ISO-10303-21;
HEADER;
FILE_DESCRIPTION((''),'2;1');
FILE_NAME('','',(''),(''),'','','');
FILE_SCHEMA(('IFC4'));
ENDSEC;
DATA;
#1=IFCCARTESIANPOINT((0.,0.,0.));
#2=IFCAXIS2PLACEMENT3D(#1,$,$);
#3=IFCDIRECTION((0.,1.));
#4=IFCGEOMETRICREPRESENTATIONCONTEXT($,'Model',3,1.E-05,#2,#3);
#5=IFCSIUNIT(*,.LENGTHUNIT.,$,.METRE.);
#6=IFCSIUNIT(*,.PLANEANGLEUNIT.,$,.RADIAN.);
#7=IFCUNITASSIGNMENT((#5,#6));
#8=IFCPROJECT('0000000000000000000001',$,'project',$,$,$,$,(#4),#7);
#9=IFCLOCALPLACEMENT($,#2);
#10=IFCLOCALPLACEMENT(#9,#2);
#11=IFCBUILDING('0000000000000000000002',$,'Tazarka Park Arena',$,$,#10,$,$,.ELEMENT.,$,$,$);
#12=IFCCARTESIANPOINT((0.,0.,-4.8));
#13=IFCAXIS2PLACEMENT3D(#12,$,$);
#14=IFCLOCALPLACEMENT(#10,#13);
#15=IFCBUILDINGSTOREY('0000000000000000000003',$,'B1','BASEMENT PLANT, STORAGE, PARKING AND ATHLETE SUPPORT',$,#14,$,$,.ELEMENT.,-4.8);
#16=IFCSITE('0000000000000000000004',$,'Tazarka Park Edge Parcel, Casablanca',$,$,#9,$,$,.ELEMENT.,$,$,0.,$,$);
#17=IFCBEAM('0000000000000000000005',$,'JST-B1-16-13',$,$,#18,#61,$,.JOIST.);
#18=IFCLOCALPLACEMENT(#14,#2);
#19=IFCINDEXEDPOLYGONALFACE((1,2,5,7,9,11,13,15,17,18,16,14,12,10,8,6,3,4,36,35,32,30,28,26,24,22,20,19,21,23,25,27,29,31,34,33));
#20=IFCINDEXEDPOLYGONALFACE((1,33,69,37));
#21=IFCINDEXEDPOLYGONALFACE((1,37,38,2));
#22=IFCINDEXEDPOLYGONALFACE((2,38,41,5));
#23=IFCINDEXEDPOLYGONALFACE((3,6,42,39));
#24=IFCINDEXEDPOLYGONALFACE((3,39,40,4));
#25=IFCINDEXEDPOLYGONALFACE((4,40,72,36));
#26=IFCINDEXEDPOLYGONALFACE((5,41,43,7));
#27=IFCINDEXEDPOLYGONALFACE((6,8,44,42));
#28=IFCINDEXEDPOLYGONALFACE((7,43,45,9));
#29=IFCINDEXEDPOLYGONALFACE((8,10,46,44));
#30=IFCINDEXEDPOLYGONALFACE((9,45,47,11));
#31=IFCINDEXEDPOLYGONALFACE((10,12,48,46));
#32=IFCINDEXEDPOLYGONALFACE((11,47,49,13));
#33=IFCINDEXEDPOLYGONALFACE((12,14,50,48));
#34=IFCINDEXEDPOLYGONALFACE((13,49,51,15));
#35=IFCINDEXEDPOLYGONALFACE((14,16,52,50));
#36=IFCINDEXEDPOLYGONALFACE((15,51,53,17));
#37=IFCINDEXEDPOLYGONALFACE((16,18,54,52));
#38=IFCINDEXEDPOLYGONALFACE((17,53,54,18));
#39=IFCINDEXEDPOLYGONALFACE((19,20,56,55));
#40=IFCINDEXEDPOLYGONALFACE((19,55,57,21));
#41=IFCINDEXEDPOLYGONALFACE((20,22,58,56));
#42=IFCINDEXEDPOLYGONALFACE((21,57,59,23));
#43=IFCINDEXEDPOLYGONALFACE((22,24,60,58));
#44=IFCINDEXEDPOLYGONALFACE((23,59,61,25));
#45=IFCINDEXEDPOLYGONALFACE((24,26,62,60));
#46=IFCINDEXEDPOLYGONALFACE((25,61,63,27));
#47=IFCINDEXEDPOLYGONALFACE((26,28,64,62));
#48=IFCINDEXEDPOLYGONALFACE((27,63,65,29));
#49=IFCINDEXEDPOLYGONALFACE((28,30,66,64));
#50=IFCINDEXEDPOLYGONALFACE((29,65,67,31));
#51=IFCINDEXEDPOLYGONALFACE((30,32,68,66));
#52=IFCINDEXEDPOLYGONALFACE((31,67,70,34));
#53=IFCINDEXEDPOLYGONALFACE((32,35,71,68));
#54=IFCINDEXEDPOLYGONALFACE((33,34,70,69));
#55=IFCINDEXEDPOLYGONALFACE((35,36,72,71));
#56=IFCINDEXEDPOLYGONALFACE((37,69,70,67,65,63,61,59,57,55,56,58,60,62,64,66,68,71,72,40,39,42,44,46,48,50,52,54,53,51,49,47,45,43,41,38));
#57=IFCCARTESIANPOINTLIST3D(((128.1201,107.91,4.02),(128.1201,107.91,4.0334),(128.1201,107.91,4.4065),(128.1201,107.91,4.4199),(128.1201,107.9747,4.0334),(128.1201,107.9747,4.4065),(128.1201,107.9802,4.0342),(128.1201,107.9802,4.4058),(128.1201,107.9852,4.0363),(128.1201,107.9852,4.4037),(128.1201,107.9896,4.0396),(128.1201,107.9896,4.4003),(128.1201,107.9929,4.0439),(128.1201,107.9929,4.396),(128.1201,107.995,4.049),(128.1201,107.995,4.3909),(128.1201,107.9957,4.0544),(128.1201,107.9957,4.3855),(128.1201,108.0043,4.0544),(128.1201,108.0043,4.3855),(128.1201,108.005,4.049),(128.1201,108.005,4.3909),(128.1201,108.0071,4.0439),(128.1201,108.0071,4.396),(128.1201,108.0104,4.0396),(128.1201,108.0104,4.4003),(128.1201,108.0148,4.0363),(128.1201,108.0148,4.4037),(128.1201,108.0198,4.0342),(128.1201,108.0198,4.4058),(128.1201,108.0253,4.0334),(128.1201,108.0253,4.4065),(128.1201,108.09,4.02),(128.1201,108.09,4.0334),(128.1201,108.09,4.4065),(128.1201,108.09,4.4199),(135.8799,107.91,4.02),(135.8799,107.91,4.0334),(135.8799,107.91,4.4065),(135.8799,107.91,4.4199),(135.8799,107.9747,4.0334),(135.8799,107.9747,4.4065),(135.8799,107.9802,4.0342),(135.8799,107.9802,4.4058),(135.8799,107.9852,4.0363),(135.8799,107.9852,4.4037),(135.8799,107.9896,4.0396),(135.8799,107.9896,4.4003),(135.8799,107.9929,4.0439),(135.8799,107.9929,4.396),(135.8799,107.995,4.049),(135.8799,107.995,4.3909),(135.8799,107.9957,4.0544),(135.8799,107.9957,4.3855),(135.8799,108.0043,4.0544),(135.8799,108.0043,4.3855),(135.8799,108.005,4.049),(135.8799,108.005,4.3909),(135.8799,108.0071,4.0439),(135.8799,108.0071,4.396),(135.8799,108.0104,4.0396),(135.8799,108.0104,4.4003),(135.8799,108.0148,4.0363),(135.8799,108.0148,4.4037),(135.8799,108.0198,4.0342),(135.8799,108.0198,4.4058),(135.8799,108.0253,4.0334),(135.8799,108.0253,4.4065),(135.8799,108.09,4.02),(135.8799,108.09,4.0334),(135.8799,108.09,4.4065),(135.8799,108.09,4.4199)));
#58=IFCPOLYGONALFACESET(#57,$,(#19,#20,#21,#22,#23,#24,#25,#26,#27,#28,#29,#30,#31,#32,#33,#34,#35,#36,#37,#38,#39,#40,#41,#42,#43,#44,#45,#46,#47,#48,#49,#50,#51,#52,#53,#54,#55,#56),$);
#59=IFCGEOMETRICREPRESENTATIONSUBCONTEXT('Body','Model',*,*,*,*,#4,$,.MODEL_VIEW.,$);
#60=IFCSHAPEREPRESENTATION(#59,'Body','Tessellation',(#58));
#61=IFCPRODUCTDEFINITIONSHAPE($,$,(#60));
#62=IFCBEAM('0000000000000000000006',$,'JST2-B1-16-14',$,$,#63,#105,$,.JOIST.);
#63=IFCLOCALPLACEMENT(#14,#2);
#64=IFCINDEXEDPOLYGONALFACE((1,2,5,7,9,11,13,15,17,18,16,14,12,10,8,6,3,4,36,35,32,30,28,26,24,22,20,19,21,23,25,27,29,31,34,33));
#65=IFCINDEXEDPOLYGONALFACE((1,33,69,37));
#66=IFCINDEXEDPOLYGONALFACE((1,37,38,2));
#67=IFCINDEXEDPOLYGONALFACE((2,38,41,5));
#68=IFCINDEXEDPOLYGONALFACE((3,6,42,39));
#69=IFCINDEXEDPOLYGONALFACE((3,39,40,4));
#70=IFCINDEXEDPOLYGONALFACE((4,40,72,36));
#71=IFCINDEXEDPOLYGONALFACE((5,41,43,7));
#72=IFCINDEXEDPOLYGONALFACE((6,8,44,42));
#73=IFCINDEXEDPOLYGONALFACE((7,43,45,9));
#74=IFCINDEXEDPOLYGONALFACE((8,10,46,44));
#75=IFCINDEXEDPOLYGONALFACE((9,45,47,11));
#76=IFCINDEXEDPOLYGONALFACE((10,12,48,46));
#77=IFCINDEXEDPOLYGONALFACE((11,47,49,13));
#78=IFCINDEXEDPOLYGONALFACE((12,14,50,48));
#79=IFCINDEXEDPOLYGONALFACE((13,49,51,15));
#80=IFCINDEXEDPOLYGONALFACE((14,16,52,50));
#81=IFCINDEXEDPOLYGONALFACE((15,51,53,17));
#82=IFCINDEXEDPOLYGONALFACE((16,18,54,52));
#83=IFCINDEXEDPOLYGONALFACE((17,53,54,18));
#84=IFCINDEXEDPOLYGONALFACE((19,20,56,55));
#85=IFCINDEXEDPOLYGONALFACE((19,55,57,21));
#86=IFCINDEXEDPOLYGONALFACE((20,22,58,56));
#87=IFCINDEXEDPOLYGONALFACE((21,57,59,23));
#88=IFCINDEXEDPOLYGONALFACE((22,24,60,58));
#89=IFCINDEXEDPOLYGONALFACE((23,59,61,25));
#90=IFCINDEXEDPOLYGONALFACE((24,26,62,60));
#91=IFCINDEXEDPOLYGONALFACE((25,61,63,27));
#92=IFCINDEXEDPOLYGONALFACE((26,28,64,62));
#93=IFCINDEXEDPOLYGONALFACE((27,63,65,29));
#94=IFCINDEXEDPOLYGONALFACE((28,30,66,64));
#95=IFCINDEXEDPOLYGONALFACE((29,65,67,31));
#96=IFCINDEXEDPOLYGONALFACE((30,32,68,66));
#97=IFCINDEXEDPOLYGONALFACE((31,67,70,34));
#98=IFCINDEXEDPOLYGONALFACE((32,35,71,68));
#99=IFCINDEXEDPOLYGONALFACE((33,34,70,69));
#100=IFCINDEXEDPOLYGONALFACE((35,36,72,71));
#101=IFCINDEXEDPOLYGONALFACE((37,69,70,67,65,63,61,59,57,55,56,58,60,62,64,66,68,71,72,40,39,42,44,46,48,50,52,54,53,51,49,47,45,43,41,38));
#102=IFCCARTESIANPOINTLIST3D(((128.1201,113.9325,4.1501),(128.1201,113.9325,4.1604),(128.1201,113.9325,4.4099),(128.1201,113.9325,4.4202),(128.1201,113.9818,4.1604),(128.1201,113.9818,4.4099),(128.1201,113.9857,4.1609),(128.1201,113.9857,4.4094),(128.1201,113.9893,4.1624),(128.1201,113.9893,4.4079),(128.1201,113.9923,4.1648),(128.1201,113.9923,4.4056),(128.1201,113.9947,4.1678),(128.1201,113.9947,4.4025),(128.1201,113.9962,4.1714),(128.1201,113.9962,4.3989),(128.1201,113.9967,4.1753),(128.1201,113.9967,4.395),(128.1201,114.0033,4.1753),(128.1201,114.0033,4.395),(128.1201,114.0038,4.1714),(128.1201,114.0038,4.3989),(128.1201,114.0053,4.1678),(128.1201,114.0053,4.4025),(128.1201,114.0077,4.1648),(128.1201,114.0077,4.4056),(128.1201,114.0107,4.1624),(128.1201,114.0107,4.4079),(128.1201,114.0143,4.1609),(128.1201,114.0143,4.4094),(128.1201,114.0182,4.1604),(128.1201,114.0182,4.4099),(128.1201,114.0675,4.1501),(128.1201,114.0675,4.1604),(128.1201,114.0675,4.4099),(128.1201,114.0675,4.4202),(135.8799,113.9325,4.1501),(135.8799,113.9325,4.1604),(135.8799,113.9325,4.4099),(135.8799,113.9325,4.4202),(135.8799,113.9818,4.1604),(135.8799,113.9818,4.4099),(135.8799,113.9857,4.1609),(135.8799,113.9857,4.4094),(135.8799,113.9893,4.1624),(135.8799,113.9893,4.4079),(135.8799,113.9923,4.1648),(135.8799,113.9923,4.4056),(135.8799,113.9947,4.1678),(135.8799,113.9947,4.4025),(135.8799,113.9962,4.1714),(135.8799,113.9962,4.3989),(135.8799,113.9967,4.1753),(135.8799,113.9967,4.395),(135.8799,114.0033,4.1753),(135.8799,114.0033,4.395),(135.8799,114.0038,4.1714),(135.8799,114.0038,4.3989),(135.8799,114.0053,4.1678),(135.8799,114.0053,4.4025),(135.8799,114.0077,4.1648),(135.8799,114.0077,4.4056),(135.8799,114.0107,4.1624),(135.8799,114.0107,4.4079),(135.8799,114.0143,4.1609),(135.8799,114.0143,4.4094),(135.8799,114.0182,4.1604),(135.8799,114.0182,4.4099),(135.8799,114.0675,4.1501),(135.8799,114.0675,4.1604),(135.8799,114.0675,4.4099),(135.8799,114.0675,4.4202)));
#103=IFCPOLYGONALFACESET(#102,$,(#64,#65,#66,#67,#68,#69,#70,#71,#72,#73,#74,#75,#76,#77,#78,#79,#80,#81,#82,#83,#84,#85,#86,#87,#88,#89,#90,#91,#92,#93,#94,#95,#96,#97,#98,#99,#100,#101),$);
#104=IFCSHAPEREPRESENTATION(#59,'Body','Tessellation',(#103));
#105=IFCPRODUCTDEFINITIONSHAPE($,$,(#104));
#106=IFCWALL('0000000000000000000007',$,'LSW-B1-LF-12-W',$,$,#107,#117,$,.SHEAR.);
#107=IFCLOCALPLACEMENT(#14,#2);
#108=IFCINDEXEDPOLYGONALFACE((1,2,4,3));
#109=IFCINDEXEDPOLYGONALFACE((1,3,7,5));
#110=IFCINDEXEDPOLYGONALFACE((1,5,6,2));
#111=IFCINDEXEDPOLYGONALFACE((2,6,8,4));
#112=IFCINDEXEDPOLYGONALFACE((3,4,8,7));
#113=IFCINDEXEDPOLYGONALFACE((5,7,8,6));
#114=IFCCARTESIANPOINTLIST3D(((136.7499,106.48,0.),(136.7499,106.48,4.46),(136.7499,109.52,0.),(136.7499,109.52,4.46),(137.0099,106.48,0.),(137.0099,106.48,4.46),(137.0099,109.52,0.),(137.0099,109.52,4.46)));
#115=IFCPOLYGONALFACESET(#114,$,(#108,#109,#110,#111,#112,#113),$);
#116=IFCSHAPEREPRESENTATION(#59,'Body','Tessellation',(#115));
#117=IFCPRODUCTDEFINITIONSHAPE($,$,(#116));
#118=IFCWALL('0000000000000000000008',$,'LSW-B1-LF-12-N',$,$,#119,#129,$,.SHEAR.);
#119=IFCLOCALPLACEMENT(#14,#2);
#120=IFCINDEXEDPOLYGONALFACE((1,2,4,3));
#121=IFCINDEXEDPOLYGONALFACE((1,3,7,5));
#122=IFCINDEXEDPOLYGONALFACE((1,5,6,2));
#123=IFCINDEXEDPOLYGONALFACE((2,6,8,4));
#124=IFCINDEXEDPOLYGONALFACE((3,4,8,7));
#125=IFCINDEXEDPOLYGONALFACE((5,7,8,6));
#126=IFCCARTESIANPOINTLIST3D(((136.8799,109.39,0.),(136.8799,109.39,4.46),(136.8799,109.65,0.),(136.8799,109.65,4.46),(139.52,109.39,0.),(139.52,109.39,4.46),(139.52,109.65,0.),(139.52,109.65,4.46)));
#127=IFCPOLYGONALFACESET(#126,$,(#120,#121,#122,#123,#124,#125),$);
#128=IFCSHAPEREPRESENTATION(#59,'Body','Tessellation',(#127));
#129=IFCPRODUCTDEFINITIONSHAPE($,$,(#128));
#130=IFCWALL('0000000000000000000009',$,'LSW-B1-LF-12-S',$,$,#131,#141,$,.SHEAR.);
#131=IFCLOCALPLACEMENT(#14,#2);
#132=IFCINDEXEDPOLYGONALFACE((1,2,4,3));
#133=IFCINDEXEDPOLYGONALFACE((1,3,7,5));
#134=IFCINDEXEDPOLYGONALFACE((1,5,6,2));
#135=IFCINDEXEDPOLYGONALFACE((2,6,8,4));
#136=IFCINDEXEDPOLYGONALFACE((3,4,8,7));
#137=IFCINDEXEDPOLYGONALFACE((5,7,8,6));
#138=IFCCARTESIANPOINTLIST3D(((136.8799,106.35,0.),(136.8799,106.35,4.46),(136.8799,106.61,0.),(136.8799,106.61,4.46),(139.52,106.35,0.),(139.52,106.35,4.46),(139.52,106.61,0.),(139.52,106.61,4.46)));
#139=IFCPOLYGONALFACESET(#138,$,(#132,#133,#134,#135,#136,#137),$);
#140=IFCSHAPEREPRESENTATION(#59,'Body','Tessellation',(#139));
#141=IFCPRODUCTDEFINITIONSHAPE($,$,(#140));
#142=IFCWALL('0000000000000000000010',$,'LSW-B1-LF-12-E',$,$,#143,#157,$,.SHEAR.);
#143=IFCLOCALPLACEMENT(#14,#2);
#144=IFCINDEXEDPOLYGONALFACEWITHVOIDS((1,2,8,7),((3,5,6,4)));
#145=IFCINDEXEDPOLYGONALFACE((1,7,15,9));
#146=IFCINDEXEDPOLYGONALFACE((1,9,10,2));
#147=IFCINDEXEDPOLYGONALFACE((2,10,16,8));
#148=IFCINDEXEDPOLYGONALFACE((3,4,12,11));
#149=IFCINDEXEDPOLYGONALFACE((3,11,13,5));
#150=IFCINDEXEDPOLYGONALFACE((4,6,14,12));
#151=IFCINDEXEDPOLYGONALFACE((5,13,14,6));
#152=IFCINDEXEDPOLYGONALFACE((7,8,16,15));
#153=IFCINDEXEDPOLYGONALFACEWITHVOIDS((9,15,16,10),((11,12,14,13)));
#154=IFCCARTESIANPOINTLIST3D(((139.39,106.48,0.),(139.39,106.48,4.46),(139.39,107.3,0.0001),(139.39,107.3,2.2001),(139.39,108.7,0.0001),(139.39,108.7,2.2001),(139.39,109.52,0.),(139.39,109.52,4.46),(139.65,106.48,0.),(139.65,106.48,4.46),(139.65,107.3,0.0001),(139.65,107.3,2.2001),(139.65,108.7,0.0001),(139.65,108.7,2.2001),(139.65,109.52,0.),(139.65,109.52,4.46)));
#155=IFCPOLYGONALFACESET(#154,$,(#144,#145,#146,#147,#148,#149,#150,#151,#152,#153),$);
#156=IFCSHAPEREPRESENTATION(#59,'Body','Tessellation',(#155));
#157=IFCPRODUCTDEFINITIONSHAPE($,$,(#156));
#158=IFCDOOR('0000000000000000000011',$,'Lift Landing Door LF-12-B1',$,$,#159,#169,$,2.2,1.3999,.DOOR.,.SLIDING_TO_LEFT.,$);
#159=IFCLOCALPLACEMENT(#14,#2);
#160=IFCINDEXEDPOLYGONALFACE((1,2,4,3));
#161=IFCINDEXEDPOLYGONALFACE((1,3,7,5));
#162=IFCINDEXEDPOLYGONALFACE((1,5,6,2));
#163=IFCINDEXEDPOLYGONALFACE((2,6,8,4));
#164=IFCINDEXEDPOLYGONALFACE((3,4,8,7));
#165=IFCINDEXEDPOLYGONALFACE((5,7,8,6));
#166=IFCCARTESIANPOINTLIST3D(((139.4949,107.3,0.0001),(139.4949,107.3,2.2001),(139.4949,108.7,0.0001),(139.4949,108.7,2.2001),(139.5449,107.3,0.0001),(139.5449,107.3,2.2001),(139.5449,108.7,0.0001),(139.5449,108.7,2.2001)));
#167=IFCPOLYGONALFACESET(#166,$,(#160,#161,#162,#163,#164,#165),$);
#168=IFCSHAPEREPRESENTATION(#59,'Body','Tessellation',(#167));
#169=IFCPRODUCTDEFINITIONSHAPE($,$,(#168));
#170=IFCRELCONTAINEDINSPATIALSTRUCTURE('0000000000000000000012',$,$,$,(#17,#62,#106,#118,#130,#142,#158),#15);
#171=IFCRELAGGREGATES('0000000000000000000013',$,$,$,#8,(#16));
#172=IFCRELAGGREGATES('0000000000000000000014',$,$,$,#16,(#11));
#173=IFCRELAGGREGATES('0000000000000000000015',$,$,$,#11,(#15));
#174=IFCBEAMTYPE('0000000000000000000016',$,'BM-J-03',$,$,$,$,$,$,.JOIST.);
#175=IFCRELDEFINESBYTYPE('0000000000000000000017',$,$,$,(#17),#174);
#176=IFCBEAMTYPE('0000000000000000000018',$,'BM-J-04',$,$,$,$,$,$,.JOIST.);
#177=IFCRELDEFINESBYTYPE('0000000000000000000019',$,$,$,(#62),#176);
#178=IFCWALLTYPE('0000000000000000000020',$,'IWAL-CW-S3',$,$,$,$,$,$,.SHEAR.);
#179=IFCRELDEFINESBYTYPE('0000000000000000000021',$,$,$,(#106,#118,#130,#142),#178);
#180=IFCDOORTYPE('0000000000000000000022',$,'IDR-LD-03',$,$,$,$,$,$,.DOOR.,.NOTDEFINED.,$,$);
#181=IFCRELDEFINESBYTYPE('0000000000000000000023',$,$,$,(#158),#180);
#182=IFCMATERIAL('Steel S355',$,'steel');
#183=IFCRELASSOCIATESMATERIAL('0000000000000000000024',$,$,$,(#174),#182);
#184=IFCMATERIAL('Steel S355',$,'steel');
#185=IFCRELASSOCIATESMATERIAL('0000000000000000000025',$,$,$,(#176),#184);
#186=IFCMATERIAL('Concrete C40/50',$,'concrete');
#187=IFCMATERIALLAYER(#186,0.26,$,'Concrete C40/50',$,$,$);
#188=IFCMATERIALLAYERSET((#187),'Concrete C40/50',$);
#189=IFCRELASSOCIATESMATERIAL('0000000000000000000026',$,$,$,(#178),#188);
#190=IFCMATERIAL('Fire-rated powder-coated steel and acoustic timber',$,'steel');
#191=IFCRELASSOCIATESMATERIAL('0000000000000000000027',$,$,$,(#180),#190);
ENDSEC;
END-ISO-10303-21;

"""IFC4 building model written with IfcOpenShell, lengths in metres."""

from ifc_helpers import new_model, si_unit, direction, frame, frame_2d, origin, origin_2d, place, context, subcontext, project, spatial, rectangle, i_section, extrude, material, layer, layer_set, material_profile, profile_set, type_object, element, fill, save


model = new_model("IFC4")

# Units and contexts
model_context = context("Model", 3, precision=1e-05, world=origin(), true_north=direction((0.0, 1.0)))
body_context = subcontext(model_context, "Body", "Model", "MODEL_VIEW")
ifc_project = project(units=[si_unit("LENGTHUNIT", "METRE"), si_unit("PLANEANGLEUNIT", "RADIAN")], contexts=[model_context])

# Site, building, storey
site_placement = place(None, origin())
site = spatial("IfcSite", under=ifc_project, at=site_placement, Name="Tazarka Park Edge Parcel, Casablanca", CompositionType="ELEMENT", RefElevation=0.0)
building_placement = place(site_placement, origin())
building = spatial("IfcBuilding", under=site, at=building_placement, Name="Tazarka Park Arena", CompositionType="ELEMENT")
storey_placement = place(building_placement, frame((0.0, 0.0, -4.8)))
storey = spatial("IfcBuildingStorey", under=building, at=storey_placement, Name="B1", Description="BASEMENT PLANT, STORAGE, PARKING AND ATHLETE SUPPORT", CompositionType="ELEMENT", Elevation=-4.8)

# Beams
ifc_material_1 = material(Name="Steel S355", Category="steel")
ifc_material_profile_1 = material_profile(ifc_material_1, i_section(OverallWidth=0.1799, OverallDepth=0.3999, WebThickness=0.0085, FlangeThickness=0.0134, FilletRadius=0.021, at=origin_2d()), Name="Steel S355")
ifc_profile_set_1 = profile_set([ifc_material_profile_1], Name="Steel S355")
beam_type_1 = type_object("IfcBeamType", Name="BM-J-03", PredefinedType="JOIST", material=ifc_profile_set_1)
beam_1_placement = place(storey_placement, frame((128.1201, 108.0, 4.22), z_axis=(1.0, 0.0, 0.0), x_axis=(0.0, 1.0, 0.0)))
element("IfcBeam", 1, at=beam_1_placement, inside=storey, type_object=beam_type_1, Name="JST-B1-16-13", PredefinedType="JOIST", context=body_context, shape_type="SweptSolid", body=[
    extrude(i_section(OverallWidth=0.1799, OverallDepth=0.3999, WebThickness=0.0085, FlangeThickness=0.0134, FilletRadius=0.021, at=origin_2d()), origin(), (0.0, 0.0, 1.0), 7.7598),
])
ifc_material_2 = material(Name="Steel S355", Category="steel")
ifc_material_profile_2 = material_profile(ifc_material_2, i_section(OverallWidth=0.135, OverallDepth=0.27, WebThickness=0.0066, FlangeThickness=0.0103, FilletRadius=0.0149, at=origin_2d()), Name="Steel S355")
ifc_profile_set_2 = profile_set([ifc_material_profile_2], Name="Steel S355")
beam_type_2 = type_object("IfcBeamType", Name="BM-J-04", PredefinedType="JOIST", material=ifc_profile_set_2)
beam_2_placement = place(storey_placement, frame((128.1201, 114.0, 4.2852), z_axis=(1.0, 0.0, 0.0), x_axis=(0.0, 1.0, 0.0)))
element("IfcBeam", 2, at=beam_2_placement, inside=storey, type_object=beam_type_2, Name="JST2-B1-16-14", PredefinedType="JOIST", context=body_context, shape_type="SweptSolid", body=[
    extrude(i_section(OverallWidth=0.135, OverallDepth=0.27, WebThickness=0.0066, FlangeThickness=0.0103, FilletRadius=0.0149, at=origin_2d()), origin(), (0.0, 0.0, 1.0), 7.7598),
])

# Walls
ifc_material_3 = material(Name="Concrete C40/50", Category="concrete")
ifc_layer_1 = layer(ifc_material_3, 0.26, Name="Concrete C40/50")
ifc_layer_set_1 = layer_set([ifc_layer_1], Name="Concrete C40/50")
wall_type_1 = type_object("IfcWallType", Name="IWAL-CW-S3", PredefinedType="SHEAR", material=ifc_layer_set_1)
wall_1_placement = place(storey_placement, frame((136.8799, 106.48, 0.0), z_axis=(0.0, 0.0, 1.0), x_axis=(0.0, 1.0, 0.0)))
element("IfcWall", 3, at=wall_1_placement, inside=storey, type_object=wall_type_1, Name="LSW-B1-LF-12-W", PredefinedType="SHEAR", context=body_context, shape_type="SweptSolid", body=[
    extrude(rectangle(XDim=3.04, YDim=0.26, at=frame_2d((1.52, 0.0))), origin(), (0.0, 0.0, 1.0), 4.46),
])
for number, where, z_axis, x_axis, name in (
    (4, (136.8799, 109.52, 0.0), (0.0, 0.0, 1.0), (1.0, 0.0, 0.0), "LSW-B1-LF-12-N"),
    (5, (139.52, 106.48, 0.0), (0.0, 0.0, 1.0), (-1.0, 0.0, 0.0), "LSW-B1-LF-12-S"),
):
    element("IfcWall", number, at=place(storey_placement, frame(where, z_axis=z_axis, x_axis=x_axis)), inside=storey, type_object=wall_type_1, Name=name, PredefinedType="SHEAR", context=body_context, shape_type="SweptSolid", body=[
        extrude(rectangle(XDim=2.6401, YDim=0.26, at=frame_2d((1.3201, 0.0))), origin(), (0.0, 0.0, 1.0), 4.46),
    ])

# Wall, opening, door
wall_2_placement = place(storey_placement, frame((139.52, 109.52, 0.0), z_axis=(0.0, 0.0, 1.0), x_axis=(0.0, -1.0, 0.0)))
wall_2 = element("IfcWall", 6, at=wall_2_placement, inside=storey, type_object=wall_type_1, Name="LSW-B1-LF-12-E", PredefinedType="SHEAR", context=body_context, shape_type="SweptSolid", body=[
    extrude(rectangle(XDim=3.04, YDim=0.26, at=frame_2d((1.52, 0.0))), origin(), (0.0, 0.0, 1.0), 4.46),
])
opening_1_placement = place(wall_2_placement, frame((0.8201, 0.0, 0.0)))
opening_1 = element("IfcOpeningElement", 7, at=opening_1_placement, cuts=wall_2, PredefinedType="OPENING", context=body_context, shape_type="SweptSolid", body=[
    extrude(rectangle(XDim=1.3999, YDim=2.2, at=frame_2d((0.7, 1.1001))), frame((0.0, 0.1401, 0.0), z_axis=(0.0, -1.0, 0.0), x_axis=(1.0, 0.0, 0.0)), (0.0, 0.0, 1.0), 0.28),
])
ifc_material_4 = material(Name="Fire-rated powder-coated steel and acoustic timber", Category="steel")
door_type_1 = type_object("IfcDoorType", Name="IDR-LD-03", OperationType="NOTDEFINED", PredefinedType="DOOR", material=ifc_material_4)
door_1_placement = place(opening_1_placement, origin())
door_1 = element("IfcDoor", 8, at=door_1_placement, inside=storey, type_object=door_type_1, Name="Lift Landing Door LF-12-B1", OperationType="SLIDING_TO_LEFT", OverallHeight=2.2, OverallWidth=1.3999, PredefinedType="DOOR", context=body_context, shape_type="SweptSolid", body=[
    extrude(rectangle(XDim=1.3999, YDim=2.2, at=frame_2d((0.7, 1.1001))), frame((0.0, 0.0249, 0.0), z_axis=(0.0, -1.0, 0.0), x_axis=(1.0, 0.0, 0.0)), (0.0, 0.0, 1.0), 0.05),
])
fill(opening_1, door_1)

save(model, "model.ifc")
